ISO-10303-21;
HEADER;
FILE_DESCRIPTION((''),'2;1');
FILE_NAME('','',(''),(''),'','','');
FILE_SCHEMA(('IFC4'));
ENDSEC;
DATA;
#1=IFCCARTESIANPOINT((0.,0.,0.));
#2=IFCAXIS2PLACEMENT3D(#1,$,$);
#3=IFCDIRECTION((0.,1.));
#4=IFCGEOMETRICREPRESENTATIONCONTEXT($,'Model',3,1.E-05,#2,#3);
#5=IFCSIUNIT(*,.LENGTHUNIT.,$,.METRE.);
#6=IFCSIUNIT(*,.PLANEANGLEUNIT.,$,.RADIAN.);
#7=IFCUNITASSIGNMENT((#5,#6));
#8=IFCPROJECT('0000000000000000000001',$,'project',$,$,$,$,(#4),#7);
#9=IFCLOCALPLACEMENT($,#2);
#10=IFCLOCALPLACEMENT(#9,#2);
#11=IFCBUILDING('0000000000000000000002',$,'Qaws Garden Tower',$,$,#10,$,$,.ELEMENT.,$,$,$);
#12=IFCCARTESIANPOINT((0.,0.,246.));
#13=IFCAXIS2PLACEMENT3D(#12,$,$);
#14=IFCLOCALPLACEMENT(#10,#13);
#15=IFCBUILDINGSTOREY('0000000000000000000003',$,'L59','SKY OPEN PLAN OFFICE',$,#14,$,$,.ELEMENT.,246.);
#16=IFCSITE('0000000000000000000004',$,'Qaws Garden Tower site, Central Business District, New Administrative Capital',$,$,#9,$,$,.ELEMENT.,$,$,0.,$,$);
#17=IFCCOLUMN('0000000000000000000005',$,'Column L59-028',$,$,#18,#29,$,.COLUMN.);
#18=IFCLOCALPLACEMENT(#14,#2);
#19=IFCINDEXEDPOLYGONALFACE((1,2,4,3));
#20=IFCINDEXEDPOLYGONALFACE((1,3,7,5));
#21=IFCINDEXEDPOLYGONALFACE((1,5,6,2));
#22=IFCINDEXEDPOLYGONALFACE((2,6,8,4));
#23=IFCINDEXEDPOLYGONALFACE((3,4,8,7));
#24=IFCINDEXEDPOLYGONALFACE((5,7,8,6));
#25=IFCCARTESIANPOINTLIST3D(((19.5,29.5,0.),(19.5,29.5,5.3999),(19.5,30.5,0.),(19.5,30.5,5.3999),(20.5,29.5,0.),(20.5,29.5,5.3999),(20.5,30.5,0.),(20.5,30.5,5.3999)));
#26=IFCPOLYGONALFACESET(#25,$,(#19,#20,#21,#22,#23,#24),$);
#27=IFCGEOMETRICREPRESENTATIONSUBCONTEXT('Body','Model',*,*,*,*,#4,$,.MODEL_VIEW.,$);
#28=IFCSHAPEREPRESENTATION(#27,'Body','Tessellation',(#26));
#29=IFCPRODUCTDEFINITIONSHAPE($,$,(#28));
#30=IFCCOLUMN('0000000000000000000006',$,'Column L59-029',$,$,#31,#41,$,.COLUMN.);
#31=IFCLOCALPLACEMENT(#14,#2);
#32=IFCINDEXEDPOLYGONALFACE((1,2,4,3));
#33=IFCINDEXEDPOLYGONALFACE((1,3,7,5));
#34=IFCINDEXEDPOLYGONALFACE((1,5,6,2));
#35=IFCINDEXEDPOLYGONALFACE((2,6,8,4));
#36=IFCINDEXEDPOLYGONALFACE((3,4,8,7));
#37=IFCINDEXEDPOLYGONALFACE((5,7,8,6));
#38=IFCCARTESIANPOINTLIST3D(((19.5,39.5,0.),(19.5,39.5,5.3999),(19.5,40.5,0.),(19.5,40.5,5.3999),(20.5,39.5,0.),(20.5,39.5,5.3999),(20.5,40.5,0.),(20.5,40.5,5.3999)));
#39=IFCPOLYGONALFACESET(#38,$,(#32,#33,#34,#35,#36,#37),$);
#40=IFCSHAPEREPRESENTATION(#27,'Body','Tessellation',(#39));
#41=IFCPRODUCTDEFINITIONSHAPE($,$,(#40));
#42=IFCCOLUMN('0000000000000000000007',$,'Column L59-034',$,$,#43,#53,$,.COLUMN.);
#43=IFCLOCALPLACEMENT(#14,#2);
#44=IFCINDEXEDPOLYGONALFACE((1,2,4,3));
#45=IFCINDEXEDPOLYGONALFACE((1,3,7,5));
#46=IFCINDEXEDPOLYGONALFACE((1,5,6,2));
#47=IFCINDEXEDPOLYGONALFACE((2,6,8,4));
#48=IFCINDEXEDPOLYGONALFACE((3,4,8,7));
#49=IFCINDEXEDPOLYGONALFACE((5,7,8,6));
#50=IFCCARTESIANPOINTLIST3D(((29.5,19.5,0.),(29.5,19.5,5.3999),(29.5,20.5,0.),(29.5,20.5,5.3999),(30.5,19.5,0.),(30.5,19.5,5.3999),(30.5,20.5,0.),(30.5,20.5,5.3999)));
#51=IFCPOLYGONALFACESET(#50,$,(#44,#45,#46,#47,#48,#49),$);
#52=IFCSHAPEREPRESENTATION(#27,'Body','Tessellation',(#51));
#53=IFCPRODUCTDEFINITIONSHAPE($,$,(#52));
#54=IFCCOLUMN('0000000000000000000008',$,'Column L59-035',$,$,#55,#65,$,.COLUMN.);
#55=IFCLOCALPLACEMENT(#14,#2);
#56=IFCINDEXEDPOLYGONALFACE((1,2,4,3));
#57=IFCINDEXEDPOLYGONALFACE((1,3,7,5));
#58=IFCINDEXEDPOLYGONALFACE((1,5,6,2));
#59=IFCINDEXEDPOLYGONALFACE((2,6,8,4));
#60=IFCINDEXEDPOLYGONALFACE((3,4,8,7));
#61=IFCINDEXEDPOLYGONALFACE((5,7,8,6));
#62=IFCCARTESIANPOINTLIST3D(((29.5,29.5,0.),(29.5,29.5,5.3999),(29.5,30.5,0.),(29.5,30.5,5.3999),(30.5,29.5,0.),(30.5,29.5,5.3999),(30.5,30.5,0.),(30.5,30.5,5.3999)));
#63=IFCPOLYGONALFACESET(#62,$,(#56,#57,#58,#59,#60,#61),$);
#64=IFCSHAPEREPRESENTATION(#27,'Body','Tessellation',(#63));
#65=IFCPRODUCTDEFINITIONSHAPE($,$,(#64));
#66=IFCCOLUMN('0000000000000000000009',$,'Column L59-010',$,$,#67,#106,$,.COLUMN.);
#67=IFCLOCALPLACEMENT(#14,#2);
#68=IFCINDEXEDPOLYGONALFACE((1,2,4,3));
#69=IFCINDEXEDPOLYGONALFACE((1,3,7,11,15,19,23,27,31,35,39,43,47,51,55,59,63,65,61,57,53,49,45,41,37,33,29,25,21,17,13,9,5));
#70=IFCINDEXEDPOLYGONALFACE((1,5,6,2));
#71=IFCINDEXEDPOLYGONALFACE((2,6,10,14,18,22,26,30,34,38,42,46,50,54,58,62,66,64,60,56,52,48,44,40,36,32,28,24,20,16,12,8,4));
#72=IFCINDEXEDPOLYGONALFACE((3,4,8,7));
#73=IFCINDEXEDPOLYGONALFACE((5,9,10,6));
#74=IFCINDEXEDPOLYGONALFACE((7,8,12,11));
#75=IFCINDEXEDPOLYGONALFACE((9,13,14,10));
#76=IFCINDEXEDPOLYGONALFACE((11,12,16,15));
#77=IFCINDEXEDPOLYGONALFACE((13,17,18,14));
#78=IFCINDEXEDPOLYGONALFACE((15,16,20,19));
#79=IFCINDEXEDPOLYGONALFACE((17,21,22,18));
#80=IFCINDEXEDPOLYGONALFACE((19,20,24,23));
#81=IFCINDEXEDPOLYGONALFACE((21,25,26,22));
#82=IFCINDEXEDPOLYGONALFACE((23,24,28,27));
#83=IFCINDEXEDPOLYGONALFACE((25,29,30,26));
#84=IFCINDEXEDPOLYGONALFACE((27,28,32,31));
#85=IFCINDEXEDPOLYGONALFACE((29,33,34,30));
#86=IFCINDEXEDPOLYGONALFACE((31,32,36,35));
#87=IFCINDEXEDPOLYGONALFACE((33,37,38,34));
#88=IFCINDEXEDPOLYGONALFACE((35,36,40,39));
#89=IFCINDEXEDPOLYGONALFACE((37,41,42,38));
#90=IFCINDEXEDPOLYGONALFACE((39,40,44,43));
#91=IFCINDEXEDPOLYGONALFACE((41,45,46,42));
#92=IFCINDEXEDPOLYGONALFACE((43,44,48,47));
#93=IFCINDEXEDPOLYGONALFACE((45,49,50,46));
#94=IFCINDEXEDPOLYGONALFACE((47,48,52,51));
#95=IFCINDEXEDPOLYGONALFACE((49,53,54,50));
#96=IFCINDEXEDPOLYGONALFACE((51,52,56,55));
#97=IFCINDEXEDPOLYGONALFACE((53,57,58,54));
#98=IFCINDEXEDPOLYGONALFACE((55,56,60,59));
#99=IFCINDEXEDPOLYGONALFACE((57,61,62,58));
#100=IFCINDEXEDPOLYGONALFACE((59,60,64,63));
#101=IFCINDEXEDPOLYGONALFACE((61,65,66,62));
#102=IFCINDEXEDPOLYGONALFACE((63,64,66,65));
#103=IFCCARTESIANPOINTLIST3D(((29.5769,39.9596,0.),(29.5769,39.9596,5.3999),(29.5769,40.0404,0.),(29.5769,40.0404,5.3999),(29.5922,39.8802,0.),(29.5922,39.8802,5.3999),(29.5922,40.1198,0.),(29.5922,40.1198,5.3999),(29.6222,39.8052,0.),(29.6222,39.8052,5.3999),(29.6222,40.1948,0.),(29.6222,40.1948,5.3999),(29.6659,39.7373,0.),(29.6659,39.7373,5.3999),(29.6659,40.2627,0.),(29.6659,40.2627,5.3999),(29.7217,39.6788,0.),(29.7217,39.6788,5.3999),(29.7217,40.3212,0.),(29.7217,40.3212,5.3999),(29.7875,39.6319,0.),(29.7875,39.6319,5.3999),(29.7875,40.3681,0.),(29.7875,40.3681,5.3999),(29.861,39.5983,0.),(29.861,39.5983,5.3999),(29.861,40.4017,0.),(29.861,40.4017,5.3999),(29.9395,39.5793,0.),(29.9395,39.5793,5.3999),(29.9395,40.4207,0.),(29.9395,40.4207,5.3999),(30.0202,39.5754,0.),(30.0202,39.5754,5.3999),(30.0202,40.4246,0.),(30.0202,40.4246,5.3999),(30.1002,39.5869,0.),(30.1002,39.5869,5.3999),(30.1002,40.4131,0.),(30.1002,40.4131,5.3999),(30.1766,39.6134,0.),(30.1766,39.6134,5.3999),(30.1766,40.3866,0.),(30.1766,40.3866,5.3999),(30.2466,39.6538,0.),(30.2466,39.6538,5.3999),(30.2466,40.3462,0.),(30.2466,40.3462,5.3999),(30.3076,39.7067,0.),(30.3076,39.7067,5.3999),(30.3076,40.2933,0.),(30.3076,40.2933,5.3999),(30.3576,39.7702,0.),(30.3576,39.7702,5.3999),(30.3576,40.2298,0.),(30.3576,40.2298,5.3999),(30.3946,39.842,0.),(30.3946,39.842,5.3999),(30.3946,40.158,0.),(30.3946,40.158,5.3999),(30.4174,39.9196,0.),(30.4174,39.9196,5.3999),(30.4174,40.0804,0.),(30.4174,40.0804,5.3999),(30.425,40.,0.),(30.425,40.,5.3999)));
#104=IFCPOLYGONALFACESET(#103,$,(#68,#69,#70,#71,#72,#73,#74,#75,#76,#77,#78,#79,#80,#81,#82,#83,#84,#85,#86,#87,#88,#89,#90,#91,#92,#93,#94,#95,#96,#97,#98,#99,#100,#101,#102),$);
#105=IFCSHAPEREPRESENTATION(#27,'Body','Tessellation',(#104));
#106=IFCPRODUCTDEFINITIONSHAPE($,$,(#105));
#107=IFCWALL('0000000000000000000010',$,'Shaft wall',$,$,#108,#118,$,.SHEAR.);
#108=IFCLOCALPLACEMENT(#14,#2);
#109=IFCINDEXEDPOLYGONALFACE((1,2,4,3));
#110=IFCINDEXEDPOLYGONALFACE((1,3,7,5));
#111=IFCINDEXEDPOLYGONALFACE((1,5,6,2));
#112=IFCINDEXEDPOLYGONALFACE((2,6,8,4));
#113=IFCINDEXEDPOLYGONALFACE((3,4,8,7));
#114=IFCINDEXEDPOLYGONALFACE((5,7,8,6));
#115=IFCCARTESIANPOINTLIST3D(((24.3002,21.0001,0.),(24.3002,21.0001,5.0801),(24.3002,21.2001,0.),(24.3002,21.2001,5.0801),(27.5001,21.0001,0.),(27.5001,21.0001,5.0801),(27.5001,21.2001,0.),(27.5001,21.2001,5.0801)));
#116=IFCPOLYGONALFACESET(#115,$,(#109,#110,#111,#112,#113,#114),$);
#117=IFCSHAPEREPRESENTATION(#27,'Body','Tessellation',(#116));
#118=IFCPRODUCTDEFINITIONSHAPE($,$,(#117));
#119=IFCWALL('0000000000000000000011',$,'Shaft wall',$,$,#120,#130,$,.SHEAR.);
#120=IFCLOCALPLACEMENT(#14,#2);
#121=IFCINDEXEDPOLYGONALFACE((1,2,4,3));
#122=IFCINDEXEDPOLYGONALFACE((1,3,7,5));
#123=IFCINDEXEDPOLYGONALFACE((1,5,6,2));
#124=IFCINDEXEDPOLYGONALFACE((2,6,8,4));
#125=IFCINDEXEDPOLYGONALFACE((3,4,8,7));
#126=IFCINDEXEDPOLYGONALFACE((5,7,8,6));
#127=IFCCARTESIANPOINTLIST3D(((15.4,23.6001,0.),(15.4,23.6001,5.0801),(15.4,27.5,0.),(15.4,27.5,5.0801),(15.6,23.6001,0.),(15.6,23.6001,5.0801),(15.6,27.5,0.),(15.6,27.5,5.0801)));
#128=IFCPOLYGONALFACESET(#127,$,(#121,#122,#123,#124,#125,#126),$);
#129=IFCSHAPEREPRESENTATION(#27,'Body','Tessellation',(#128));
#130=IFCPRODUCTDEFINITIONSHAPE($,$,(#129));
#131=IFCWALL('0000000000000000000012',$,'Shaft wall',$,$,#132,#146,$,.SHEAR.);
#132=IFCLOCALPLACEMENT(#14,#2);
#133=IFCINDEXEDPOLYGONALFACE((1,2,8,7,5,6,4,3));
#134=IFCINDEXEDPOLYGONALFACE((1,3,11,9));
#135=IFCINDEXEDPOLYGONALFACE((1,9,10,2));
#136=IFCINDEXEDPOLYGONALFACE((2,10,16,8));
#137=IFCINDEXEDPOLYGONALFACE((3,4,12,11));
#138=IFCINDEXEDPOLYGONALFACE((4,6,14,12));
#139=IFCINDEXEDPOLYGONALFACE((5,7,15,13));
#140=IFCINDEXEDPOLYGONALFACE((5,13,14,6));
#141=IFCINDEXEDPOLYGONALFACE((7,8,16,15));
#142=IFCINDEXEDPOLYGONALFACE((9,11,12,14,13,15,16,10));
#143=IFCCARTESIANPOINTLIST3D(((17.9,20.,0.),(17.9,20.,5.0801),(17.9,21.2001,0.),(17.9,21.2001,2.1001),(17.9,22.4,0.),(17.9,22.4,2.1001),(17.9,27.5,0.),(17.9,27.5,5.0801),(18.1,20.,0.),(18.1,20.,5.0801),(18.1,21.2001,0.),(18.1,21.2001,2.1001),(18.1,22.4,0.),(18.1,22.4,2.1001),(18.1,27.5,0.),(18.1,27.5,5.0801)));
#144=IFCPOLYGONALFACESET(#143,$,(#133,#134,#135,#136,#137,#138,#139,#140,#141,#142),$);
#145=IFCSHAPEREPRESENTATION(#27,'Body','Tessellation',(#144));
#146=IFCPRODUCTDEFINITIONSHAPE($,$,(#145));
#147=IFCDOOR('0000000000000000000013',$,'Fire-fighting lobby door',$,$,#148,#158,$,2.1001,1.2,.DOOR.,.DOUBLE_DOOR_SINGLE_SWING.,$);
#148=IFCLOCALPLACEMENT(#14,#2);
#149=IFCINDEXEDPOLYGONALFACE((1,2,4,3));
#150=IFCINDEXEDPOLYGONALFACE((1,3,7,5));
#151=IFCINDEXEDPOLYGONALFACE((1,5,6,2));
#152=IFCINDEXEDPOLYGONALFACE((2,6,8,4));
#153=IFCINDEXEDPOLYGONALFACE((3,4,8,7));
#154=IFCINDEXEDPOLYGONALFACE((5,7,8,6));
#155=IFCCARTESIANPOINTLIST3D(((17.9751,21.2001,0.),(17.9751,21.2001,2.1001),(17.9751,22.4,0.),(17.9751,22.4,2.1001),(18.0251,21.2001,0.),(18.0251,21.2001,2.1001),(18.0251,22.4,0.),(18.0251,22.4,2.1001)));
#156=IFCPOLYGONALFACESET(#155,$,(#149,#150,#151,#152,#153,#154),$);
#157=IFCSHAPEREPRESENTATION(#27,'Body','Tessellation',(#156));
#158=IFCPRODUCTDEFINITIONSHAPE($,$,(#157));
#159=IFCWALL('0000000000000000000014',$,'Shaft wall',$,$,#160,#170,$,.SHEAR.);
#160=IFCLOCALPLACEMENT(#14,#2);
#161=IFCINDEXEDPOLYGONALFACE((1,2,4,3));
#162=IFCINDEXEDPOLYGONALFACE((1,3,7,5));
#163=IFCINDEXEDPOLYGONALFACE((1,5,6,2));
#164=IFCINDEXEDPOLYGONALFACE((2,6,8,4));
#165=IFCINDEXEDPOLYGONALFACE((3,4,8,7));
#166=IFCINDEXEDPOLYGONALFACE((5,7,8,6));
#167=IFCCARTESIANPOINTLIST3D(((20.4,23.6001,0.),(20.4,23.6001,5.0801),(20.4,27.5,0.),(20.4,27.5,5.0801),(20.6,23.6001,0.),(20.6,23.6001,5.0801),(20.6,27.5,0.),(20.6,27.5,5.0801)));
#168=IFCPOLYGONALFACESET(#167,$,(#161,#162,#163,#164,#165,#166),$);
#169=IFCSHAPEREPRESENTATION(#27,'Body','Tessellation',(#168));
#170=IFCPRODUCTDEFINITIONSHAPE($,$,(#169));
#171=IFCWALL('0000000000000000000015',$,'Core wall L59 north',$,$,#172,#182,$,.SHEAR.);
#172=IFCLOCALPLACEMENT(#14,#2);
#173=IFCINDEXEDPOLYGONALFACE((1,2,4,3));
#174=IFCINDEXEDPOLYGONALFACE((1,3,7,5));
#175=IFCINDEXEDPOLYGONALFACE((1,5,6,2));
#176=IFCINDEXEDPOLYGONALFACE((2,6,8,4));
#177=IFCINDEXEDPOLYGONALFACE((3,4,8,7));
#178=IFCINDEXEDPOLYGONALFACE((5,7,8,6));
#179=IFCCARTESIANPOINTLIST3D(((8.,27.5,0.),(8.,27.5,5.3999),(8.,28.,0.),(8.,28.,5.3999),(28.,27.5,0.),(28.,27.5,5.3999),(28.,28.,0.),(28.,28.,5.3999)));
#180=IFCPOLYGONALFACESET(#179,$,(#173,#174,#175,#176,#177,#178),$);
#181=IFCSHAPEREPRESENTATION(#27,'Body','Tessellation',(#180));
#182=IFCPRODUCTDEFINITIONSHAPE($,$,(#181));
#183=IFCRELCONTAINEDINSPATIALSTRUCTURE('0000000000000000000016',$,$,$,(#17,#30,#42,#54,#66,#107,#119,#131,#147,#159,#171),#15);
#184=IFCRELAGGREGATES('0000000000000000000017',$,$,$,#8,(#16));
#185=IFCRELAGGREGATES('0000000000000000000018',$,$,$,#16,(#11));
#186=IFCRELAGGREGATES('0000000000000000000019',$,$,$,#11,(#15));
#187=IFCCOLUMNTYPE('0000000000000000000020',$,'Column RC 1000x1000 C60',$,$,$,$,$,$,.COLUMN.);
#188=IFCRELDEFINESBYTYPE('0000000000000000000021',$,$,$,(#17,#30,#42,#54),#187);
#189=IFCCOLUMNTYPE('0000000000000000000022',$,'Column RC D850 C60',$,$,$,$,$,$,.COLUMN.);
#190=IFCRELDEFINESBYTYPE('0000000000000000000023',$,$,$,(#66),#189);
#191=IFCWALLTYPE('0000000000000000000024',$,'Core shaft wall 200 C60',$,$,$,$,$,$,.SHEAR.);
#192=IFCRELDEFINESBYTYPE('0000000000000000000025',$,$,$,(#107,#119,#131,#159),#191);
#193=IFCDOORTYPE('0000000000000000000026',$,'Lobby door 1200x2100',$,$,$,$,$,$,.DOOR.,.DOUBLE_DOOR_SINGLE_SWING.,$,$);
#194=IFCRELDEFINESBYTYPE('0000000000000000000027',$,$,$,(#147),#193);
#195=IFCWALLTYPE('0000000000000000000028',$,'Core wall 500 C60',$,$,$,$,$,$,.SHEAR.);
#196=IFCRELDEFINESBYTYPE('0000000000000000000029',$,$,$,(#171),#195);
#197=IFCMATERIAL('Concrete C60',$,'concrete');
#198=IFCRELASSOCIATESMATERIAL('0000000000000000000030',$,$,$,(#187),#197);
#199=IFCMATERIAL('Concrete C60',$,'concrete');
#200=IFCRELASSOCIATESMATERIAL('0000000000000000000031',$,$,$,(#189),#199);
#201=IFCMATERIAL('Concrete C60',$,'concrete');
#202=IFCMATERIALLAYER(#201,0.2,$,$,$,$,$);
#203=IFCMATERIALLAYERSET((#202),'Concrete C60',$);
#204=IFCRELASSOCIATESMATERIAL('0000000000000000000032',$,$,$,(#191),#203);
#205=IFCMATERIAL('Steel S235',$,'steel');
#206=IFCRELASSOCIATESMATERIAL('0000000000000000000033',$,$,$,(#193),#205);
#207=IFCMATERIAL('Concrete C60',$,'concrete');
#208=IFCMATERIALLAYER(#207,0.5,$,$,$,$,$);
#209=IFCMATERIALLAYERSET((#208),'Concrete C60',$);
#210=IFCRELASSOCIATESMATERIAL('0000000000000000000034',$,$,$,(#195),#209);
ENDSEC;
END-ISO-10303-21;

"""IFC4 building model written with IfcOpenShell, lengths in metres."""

from ifc_helpers import new_model, si_unit, direction, frame, frame_2d, origin, origin_2d, place, context, subcontext, project, spatial, rectangle, circle, extrude, material, layer, layer_set, material_profile, profile_set, type_object, element, fill, save


model = new_model("IFC4")

# Units and contexts
model_context = context("Model", 3, precision=1e-05, world=origin(), true_north=direction((0.0, 1.0)))
body_context = subcontext(model_context, "Body", "Model", "MODEL_VIEW")
ifc_project = project(units=[si_unit("LENGTHUNIT", "METRE"), si_unit("PLANEANGLEUNIT", "RADIAN")], contexts=[model_context])

# Site, building, storey
site_placement = place(None, origin())
site = spatial("IfcSite", under=ifc_project, at=site_placement, Name="Qaws Garden Tower site, Central Business District, New Administrative Capital", CompositionType="ELEMENT", RefElevation=0.0)
building_placement = place(site_placement, origin())
building = spatial("IfcBuilding", under=site, at=building_placement, Name="Qaws Garden Tower", CompositionType="ELEMENT")
storey_placement = place(building_placement, frame((0.0, 0.0, 246.0)))
storey = spatial("IfcBuildingStorey", under=building, at=storey_placement, Name="L59", Description="SKY OPEN PLAN OFFICE", CompositionType="ELEMENT", Elevation=246.0)

# Columns
ifc_material_1 = material(Name="Concrete C60", Category="concrete")
ifc_material_profile_1 = material_profile(ifc_material_1, rectangle(XDim=1.0, YDim=1.0, at=origin_2d()), Name="RC 1000x1000")
ifc_profile_set_1 = profile_set([ifc_material_profile_1], Name="Concrete C60")
column_type_1 = type_object("IfcColumnType", Name="Column RC 1000x1000 C60", PredefinedType="COLUMN", material=ifc_profile_set_1)
for number, where, z_axis, x_axis, name in (
    (1, (20.0, 30.0, 0.0), (0.0, 0.0, 1.0), (1.0, 0.0, 0.0), "Column L59-028"),
    (2, (20.0, 40.0, 0.0), (0.0, 0.0, 1.0), (1.0, 0.0, 0.0), "Column L59-029"),
    (3, (30.0, 20.0, 0.0), (0.0, 0.0, 1.0), (1.0, 0.0, 0.0), "Column L59-034"),
    (4, (30.0, 30.0, 0.0), (0.0, 0.0, 1.0), (1.0, 0.0, 0.0), "Column L59-035"),
):
    element("IfcColumn", number, at=place(storey_placement, frame(where, z_axis=z_axis, x_axis=x_axis)), inside=storey, type_object=column_type_1, Name=name, PredefinedType="COLUMN", context=body_context, shape_type="SweptSolid", body=[
        extrude(rectangle(XDim=1.0, YDim=1.0, at=origin_2d()), origin(), (0.0, 0.0, 1.0), 5.3999),
    ])
ifc_material_2 = material(Name="Concrete C60", Category="concrete")
ifc_material_profile_2 = material_profile(ifc_material_2, circle(Radius=0.425, at=origin_2d()), Name="RC D850")
ifc_profile_set_2 = profile_set([ifc_material_profile_2], Name="Concrete C60")
column_type_2 = type_object("IfcColumnType", Name="Column RC D850 C60", PredefinedType="COLUMN", material=ifc_profile_set_2)
column_placement = place(storey_placement, frame((30.0, 40.0, 0.0), z_axis=(0.0, 0.0, 1.0), x_axis=(1.0, 0.0, 0.0)))
element("IfcColumn", 5, at=column_placement, inside=storey, type_object=column_type_2, Name="Column L59-010", PredefinedType="COLUMN", context=body_context, shape_type="SweptSolid", body=[
    extrude(circle(Radius=0.425, at=origin_2d()), origin(), (0.0, 0.0, 1.0), 5.3999),
])

# Walls
ifc_material_3 = material(Name="Concrete C60", Category="concrete")
ifc_layer_1 = layer(ifc_material_3, 0.2)
ifc_layer_set_1 = layer_set([ifc_layer_1], Name="Concrete C60")
wall_type_1 = type_object("IfcWallType", Name="Core shaft wall 200 C60", PredefinedType="SHEAR", material=ifc_layer_set_1)
wall_1_placement = place(storey_placement, frame((24.3, 21.1001, 0.0), z_axis=(0.0, 0.0, 1.0), x_axis=(1.0, 0.0, 0.0)))
element("IfcWall", 6, at=wall_1_placement, inside=storey, type_object=wall_type_1, Name="Shaft wall", PredefinedType="SHEAR", context=body_context, shape_type="SweptSolid", body=[
    extrude(rectangle(XDim=3.2, YDim=0.2, at=frame_2d((1.6001, 0.0))), origin(), (0.0, 0.0, 1.0), 5.0801),
])
wall_2_placement = place(storey_placement, frame((15.5, 23.6001, 0.0), z_axis=(0.0, 0.0, 1.0), x_axis=(0.0, 1.0, 0.0)))
element("IfcWall", 7, at=wall_2_placement, inside=storey, type_object=wall_type_1, Name="Shaft wall", PredefinedType="SHEAR", context=body_context, shape_type="SweptSolid", body=[
    extrude(rectangle(XDim=3.8999, YDim=0.2, at=frame_2d((1.95, 0.0))), origin(), (0.0, 0.0, 1.0), 5.0801),
])

# Wall, opening, door
wall_3_placement = place(storey_placement, frame((18.0, 20.0, 0.0), z_axis=(0.0, 0.0, 1.0), x_axis=(0.0, 1.0, 0.0)))
wall_3 = element("IfcWall", 8, at=wall_3_placement, inside=storey, type_object=wall_type_1, Name="Shaft wall", PredefinedType="SHEAR", context=body_context, shape_type="SweptSolid", body=[
    extrude(rectangle(XDim=7.5, YDim=0.2, at=frame_2d((3.75, 0.0))), origin(), (0.0, 0.0, 1.0), 5.0801),
])
opening_1_placement = place(wall_3_placement, frame((1.2, 0.0, 0.0)))
opening_1 = element("IfcOpeningElement", 9, at=opening_1_placement, cuts=wall_3, PredefinedType="OPENING", context=body_context, shape_type="SweptSolid", body=[
    extrude(rectangle(XDim=1.2, YDim=2.1001, at=frame_2d((0.6001, 1.05))), frame((0.0, 0.1099, 0.0), z_axis=(0.0, -1.0, 0.0), x_axis=(1.0, 0.0, 0.0)), (0.0, 0.0, 1.0), 0.22),
])
ifc_material_4 = material(Name="Steel S235", Category="steel")
door_type_1 = type_object("IfcDoorType", Name="Lobby door 1200x2100", OperationType="DOUBLE_DOOR_SINGLE_SWING", PredefinedType="DOOR", material=ifc_material_4)
door_1_placement = place(opening_1_placement, origin())
door_1 = element("IfcDoor", 10, at=door_1_placement, inside=storey, type_object=door_type_1, Name="Fire-fighting lobby door", OperationType="DOUBLE_DOOR_SINGLE_SWING", OverallHeight=2.1001, OverallWidth=1.2, PredefinedType="DOOR", context=body_context, shape_type="SweptSolid", body=[
    extrude(rectangle(XDim=1.2, YDim=2.1001, at=frame_2d((0.6001, 1.05))), frame((0.0, 0.0249, 0.0), z_axis=(0.0, -1.0, 0.0), x_axis=(1.0, 0.0, 0.0)), (0.0, 0.0, 1.0), 0.05),
])
fill(opening_1, door_1)

# Walls
wall_4_placement = place(storey_placement, frame((20.5, 23.6001, 0.0), z_axis=(0.0, 0.0, 1.0), x_axis=(0.0, 1.0, 0.0)))
element("IfcWall", 11, at=wall_4_placement, inside=storey, type_object=wall_type_1, Name="Shaft wall", PredefinedType="SHEAR", context=body_context, shape_type="SweptSolid", body=[
    extrude(rectangle(XDim=3.8999, YDim=0.2, at=frame_2d((1.95, 0.0))), origin(), (0.0, 0.0, 1.0), 5.0801),
])
ifc_material_5 = material(Name="Concrete C60", Category="concrete")
ifc_layer_2 = layer(ifc_material_5, 0.5)
ifc_layer_set_2 = layer_set([ifc_layer_2], Name="Concrete C60")
wall_type_2 = type_object("IfcWallType", Name="Core wall 500 C60", PredefinedType="SHEAR", material=ifc_layer_set_2)
wall_5_placement = place(storey_placement, frame((28.0, 27.75, 0.0), z_axis=(0.0, 0.0, 1.0), x_axis=(-1.0, 0.0, 0.0)))
element("IfcWall", 12, at=wall_5_placement, inside=storey, type_object=wall_type_2, Name="Core wall L59 north", PredefinedType="SHEAR", context=body_context, shape_type="SweptSolid", body=[
    extrude(rectangle(XDim=20.0, YDim=0.5, at=frame_2d((10.0, 0.0))), origin(), (0.0, 0.0, 1.0), 5.3999),
])

save(model, "model.ifc")
